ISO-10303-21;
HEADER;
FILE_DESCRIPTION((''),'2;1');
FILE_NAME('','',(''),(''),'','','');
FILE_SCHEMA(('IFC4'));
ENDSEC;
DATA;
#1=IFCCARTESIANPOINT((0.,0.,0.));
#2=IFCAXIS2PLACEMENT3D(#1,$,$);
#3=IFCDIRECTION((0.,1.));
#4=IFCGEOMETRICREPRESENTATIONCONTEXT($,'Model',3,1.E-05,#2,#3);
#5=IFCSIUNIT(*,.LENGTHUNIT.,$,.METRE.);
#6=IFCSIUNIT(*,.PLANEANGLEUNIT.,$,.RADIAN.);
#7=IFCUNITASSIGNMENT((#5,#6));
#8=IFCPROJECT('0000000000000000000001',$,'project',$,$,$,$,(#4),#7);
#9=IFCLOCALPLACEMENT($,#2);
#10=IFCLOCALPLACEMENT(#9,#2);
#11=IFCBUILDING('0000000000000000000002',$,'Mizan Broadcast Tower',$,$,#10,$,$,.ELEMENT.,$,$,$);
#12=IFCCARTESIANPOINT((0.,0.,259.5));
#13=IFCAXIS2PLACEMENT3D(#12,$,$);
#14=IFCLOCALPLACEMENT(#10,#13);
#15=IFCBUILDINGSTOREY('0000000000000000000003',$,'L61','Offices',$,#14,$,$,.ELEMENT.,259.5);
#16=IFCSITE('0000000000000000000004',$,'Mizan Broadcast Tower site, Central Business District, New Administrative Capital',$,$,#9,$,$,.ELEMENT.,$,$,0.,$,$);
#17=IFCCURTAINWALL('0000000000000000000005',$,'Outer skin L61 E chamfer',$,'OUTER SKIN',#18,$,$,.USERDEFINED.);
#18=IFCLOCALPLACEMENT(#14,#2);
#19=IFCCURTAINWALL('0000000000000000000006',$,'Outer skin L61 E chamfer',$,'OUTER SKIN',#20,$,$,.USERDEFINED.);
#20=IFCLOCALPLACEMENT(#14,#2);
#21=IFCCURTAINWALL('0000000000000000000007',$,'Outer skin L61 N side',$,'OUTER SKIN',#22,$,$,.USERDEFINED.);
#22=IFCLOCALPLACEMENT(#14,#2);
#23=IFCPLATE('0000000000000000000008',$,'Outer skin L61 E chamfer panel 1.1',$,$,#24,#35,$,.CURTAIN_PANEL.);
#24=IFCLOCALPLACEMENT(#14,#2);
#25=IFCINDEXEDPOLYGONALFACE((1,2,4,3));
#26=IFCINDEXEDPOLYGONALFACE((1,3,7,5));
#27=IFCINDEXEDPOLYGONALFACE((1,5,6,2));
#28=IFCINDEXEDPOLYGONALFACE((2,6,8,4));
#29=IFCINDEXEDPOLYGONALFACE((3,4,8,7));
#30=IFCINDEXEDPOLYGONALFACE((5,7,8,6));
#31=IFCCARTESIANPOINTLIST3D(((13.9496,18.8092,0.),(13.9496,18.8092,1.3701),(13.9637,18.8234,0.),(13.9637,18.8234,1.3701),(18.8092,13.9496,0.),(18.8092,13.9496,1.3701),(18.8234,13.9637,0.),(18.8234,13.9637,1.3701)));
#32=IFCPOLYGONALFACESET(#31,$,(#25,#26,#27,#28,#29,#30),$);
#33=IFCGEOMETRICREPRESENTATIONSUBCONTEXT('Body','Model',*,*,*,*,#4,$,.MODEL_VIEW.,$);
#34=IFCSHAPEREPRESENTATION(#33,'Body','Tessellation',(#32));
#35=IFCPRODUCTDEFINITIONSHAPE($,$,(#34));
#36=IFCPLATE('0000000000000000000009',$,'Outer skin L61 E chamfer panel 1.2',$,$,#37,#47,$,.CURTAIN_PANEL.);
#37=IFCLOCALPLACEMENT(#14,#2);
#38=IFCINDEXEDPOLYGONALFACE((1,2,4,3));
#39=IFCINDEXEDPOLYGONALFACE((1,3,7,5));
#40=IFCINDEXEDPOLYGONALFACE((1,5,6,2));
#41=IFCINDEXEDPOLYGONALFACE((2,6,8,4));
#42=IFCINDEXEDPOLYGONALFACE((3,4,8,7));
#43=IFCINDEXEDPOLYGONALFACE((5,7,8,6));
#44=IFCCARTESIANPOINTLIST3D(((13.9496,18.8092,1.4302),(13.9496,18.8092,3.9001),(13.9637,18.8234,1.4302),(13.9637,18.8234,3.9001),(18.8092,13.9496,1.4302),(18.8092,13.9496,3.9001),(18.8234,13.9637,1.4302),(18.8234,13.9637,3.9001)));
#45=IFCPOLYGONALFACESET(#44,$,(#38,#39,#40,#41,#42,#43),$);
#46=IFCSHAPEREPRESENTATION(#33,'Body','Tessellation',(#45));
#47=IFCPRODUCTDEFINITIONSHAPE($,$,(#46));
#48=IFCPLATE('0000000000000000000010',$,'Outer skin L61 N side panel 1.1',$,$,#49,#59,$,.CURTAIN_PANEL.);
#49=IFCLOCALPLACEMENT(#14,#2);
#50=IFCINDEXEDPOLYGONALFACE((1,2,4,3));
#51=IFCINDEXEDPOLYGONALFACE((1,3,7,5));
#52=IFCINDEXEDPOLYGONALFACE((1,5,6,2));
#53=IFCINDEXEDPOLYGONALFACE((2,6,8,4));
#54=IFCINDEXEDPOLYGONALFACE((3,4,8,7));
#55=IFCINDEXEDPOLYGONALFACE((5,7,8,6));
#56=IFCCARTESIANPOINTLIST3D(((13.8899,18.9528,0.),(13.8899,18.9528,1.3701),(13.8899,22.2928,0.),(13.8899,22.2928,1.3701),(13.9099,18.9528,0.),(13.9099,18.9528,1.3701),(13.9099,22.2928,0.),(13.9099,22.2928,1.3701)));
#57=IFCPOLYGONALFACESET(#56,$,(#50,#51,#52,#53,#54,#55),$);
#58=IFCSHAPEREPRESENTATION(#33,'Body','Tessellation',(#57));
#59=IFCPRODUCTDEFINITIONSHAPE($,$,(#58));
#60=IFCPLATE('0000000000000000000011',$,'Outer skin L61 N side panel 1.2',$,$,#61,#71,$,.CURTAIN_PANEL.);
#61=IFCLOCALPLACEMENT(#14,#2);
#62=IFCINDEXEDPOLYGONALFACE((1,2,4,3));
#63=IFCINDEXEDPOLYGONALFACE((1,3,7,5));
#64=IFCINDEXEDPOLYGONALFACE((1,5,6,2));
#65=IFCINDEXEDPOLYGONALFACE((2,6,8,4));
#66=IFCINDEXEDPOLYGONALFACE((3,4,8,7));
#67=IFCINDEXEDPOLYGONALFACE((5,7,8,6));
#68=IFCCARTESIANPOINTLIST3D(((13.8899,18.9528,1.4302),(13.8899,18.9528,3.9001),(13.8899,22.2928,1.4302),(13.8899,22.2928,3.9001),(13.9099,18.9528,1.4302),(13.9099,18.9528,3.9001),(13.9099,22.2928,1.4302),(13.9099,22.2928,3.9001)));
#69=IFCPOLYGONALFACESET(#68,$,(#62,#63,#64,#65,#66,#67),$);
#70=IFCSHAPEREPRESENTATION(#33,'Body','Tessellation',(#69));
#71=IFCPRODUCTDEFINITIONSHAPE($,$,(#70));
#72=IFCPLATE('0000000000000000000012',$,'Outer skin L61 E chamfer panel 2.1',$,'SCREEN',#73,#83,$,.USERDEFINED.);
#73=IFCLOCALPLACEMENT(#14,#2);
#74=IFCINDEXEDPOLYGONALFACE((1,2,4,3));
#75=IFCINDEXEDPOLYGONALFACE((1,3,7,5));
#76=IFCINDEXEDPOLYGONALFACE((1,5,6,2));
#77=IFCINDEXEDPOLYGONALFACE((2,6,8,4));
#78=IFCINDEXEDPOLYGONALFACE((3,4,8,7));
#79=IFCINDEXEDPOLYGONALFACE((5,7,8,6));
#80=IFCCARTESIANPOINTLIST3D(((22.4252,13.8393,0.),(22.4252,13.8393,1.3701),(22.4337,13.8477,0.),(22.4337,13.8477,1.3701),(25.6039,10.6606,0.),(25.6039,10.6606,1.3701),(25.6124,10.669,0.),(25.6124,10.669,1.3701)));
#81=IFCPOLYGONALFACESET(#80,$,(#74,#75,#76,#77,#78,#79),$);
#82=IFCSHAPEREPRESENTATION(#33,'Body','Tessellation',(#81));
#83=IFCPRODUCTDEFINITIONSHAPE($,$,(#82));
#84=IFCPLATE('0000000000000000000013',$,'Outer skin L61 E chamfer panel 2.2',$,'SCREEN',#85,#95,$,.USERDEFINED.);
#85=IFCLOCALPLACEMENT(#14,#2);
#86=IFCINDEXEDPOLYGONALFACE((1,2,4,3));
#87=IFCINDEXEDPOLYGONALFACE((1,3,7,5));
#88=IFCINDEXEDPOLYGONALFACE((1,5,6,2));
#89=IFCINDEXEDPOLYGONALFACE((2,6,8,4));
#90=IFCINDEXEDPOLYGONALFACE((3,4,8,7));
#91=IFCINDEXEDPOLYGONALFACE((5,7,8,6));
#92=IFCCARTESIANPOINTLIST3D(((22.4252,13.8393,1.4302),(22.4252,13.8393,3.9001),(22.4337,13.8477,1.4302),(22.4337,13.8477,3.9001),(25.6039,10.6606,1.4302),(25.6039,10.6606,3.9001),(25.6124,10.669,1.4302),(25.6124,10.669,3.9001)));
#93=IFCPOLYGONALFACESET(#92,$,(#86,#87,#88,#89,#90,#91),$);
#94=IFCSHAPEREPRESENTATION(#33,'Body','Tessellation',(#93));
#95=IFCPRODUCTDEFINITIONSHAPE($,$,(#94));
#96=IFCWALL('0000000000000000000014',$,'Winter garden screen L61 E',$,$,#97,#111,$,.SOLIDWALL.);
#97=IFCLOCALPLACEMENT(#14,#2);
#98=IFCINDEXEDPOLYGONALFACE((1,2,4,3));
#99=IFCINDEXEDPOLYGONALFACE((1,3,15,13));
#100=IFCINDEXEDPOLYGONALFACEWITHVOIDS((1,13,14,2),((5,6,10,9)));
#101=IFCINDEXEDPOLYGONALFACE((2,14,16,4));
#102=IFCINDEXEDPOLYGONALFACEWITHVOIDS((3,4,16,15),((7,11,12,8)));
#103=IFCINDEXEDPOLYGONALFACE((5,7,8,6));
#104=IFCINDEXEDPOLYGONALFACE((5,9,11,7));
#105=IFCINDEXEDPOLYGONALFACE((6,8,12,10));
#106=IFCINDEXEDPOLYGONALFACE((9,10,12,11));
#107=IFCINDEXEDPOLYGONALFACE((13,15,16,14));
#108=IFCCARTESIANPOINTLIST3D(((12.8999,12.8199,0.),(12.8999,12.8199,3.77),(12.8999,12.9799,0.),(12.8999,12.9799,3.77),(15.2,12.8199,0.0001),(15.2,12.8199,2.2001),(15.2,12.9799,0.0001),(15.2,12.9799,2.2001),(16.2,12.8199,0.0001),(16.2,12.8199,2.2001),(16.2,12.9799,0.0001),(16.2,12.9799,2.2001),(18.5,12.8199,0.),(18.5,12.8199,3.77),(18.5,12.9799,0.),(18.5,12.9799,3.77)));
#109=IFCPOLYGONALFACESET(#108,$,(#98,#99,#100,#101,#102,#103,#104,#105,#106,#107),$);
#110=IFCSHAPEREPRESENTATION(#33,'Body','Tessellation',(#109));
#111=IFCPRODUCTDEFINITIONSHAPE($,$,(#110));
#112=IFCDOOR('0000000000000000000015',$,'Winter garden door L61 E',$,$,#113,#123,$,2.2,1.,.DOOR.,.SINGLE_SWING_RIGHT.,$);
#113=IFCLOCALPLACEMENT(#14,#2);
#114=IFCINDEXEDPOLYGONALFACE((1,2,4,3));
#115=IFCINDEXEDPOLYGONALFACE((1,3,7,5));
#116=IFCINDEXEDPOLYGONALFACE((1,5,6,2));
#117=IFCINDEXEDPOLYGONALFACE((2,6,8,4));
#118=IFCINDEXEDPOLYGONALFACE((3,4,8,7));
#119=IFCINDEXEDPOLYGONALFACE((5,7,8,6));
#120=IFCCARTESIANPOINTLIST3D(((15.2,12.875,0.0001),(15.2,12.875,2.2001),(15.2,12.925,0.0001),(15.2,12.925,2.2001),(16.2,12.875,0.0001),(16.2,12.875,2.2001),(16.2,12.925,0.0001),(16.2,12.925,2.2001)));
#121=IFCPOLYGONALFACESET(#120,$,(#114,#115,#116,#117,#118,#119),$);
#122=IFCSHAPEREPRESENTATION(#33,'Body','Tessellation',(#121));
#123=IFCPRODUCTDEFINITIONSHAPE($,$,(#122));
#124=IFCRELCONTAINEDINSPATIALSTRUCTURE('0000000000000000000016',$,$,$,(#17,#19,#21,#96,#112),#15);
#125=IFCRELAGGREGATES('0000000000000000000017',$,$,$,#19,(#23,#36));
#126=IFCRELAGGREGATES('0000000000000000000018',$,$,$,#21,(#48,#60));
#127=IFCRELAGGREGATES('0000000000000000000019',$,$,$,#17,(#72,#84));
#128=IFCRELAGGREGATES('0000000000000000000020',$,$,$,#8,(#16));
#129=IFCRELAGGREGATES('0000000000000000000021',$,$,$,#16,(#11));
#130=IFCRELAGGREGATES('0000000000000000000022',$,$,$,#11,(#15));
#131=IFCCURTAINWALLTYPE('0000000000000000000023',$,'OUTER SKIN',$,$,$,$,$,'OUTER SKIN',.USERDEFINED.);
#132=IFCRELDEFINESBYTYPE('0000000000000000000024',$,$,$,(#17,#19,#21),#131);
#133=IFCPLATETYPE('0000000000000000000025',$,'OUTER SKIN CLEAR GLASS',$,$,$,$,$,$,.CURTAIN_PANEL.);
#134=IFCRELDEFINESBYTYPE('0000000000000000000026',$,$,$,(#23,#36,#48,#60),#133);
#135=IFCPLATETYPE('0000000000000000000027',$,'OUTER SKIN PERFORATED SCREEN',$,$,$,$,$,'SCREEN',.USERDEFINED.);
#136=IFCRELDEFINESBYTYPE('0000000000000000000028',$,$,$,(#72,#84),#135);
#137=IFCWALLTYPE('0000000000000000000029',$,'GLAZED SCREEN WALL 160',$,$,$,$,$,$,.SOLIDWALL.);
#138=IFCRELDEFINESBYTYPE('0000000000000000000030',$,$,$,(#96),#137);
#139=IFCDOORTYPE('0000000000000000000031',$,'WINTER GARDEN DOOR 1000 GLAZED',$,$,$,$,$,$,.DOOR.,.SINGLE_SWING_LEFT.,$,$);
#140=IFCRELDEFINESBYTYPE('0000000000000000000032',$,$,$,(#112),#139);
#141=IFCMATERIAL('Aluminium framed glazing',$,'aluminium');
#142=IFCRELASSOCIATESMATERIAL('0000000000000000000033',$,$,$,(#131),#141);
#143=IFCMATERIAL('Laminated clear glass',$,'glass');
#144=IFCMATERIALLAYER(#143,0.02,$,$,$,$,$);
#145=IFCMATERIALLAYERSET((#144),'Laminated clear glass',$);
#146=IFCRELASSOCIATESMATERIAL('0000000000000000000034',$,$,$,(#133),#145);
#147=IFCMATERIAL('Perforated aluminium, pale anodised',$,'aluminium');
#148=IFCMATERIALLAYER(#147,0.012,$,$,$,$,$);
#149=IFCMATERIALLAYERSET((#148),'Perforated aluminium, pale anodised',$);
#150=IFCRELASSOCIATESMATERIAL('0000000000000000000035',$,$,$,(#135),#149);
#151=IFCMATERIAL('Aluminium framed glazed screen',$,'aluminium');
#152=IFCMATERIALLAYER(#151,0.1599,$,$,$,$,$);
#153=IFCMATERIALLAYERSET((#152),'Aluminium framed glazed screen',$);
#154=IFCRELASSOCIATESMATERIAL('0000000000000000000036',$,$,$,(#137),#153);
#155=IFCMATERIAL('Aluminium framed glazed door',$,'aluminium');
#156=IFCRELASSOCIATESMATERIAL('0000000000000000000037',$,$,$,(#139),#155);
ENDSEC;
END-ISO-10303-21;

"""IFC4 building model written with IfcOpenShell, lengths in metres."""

from ifc_helpers import new_model, si_unit, direction, frame, frame_2d, origin, origin_2d, place, context, subcontext, project, spatial, rectangle, extrude, material, layer, layer_set, type_object, element, fill, aggregate, save


model = new_model("IFC4")

# Units and contexts
model_context = context("Model", 3, precision=1e-05, world=origin(), true_north=direction((0.0, 1.0)))
body_context = subcontext(model_context, "Body", "Model", "MODEL_VIEW")
ifc_project = project(units=[si_unit("LENGTHUNIT", "METRE"), si_unit("PLANEANGLEUNIT", "RADIAN")], contexts=[model_context])

# Site, building, storey
site_placement = place(None, origin())
site = spatial("IfcSite", under=ifc_project, at=site_placement, Name="Mizan Broadcast Tower site, Central Business District, New Administrative Capital", CompositionType="ELEMENT", RefElevation=0.0)
building_placement = place(site_placement, origin())
building = spatial("IfcBuilding", under=site, at=building_placement, Name="Mizan Broadcast Tower", CompositionType="ELEMENT")
storey_placement = place(building_placement, frame((0.0, 0.0, 259.5)))
storey = spatial("IfcBuildingStorey", under=building, at=storey_placement, Name="L61", Description="Offices", CompositionType="ELEMENT", Elevation=259.5)

# Curtain walls
ifc_material_1 = material(Name="Aluminium framed glazing", Category="aluminium")
curtain_wall_type_1 = type_object("IfcCurtainWallType", Name="OUTER SKIN", ElementType="OUTER SKIN", PredefinedType="USERDEFINED", material=ifc_material_1)
curtain_wall_1_placement = place(storey_placement, origin())
curtain_wall_1 = element("IfcCurtainWall", 1, at=curtain_wall_1_placement, inside=storey, type_object=curtain_wall_type_1, Name="Outer skin L61 E chamfer", ObjectType="OUTER SKIN", PredefinedType="USERDEFINED")
curtain_wall_2_placement = place(storey_placement, origin())
curtain_wall_2 = element("IfcCurtainWall", 2, at=curtain_wall_2_placement, inside=storey, type_object=curtain_wall_type_1, Name="Outer skin L61 E chamfer", ObjectType="OUTER SKIN", PredefinedType="USERDEFINED")
curtain_wall_3_placement = place(storey_placement, origin())
curtain_wall_3 = element("IfcCurtainWall", 3, at=curtain_wall_3_placement, inside=storey, type_object=curtain_wall_type_1, Name="Outer skin L61 N side", ObjectType="OUTER SKIN", PredefinedType="USERDEFINED")

# Plates
ifc_material_2 = material(Name="Laminated clear glass", Category="glass")
ifc_layer_1 = layer(ifc_material_2, 0.02)
ifc_layer_set_1 = layer_set([ifc_layer_1], Name="Laminated clear glass")
plate_type_1 = type_object("IfcPlateType", Name="OUTER SKIN CLEAR GLASS", PredefinedType="CURTAIN_PANEL", material=ifc_layer_set_1)
plate_1_placement = place(storey_placement, frame((16.3865, 16.3865, 0.0), z_axis=(0.0, 0.0, 1.0), x_axis=(-0.707107, 0.707107, 0.0)))
plate_1 = element("IfcPlate", 4, at=plate_1_placement, type_object=plate_type_1, Name="Outer skin L61 E chamfer panel 1.1", PredefinedType="CURTAIN_PANEL", context=body_context, shape_type="SweptSolid", body=[
    extrude(rectangle(XDim=6.8726, YDim=0.02, at=origin_2d()), origin(), (0.0, 0.0, 1.0), 1.3701),
])
plate_2_placement = place(storey_placement, frame((16.3865, 16.3865, 1.4302), z_axis=(0.0, 0.0, 1.0), x_axis=(-0.707107, 0.707107, 0.0)))
plate_2 = element("IfcPlate", 5, at=plate_2_placement, type_object=plate_type_1, Name="Outer skin L61 E chamfer panel 1.2", PredefinedType="CURTAIN_PANEL", context=body_context, shape_type="SweptSolid", body=[
    extrude(rectangle(XDim=6.8726, YDim=0.02, at=origin_2d()), origin(), (0.0, 0.0, 1.0), 2.47),
])
aggregate(curtain_wall_2, [plate_1, plate_2])
plate_3_placement = place(storey_placement, frame((13.8999, 20.6228, 0.0), z_axis=(0.0, 0.0, 1.0), x_axis=(0.0, 1.0, 0.0)))
plate_3 = element("IfcPlate", 6, at=plate_3_placement, type_object=plate_type_1, Name="Outer skin L61 N side panel 1.1", PredefinedType="CURTAIN_PANEL", context=body_context, shape_type="SweptSolid", body=[
    extrude(rectangle(XDim=3.3401, YDim=0.02, at=origin_2d()), origin(), (0.0, 0.0, 1.0), 1.3701),
])
plate_4_placement = place(storey_placement, frame((13.8999, 20.6228, 1.4302), z_axis=(0.0, 0.0, 1.0), x_axis=(0.0, 1.0, 0.0)))
plate_4 = element("IfcPlate", 7, at=plate_4_placement, type_object=plate_type_1, Name="Outer skin L61 N side panel 1.2", PredefinedType="CURTAIN_PANEL", context=body_context, shape_type="SweptSolid", body=[
    extrude(rectangle(XDim=3.3401, YDim=0.02, at=origin_2d()), origin(), (0.0, 0.0, 1.0), 2.47),
])
aggregate(curtain_wall_3, [plate_3, plate_4])
ifc_material_3 = material(Name="Perforated aluminium, pale anodised", Category="aluminium")
ifc_layer_2 = layer(ifc_material_3, 0.012)
ifc_layer_set_2 = layer_set([ifc_layer_2], Name="Perforated aluminium, pale anodised")
plate_type_2 = type_object("IfcPlateType", Name="OUTER SKIN PERFORATED SCREEN", ElementType="SCREEN", PredefinedType="USERDEFINED", material=ifc_layer_set_2)
plate_5_placement = place(storey_placement, frame((24.0188, 12.2542, 0.0), z_axis=(0.0, 0.0, 1.0), x_axis=(-0.707107, 0.707107, 0.0)))
plate_5 = element("IfcPlate", 8, at=plate_5_placement, type_object=plate_type_2, Name="Outer skin L61 E chamfer panel 2.1", ObjectType="SCREEN", PredefinedType="USERDEFINED", context=body_context, shape_type="SweptSolid", body=[
    extrude(rectangle(XDim=4.4954, YDim=0.012, at=origin_2d()), origin(), (0.0, 0.0, 1.0), 1.3701),
])
plate_6_placement = place(storey_placement, frame((24.0188, 12.2542, 1.4302), z_axis=(0.0, 0.0, 1.0), x_axis=(-0.707107, 0.707107, 0.0)))
plate_6 = element("IfcPlate", 9, at=plate_6_placement, type_object=plate_type_2, Name="Outer skin L61 E chamfer panel 2.2", ObjectType="SCREEN", PredefinedType="USERDEFINED", context=body_context, shape_type="SweptSolid", body=[
    extrude(rectangle(XDim=4.4954, YDim=0.012, at=origin_2d()), origin(), (0.0, 0.0, 1.0), 2.47),
])
aggregate(curtain_wall_1, [plate_5, plate_6])

# Wall, opening, door
ifc_material_4 = material(Name="Aluminium framed glazed screen", Category="aluminium")
ifc_layer_3 = layer(ifc_material_4, 0.1599)
ifc_layer_set_3 = layer_set([ifc_layer_3], Name="Aluminium framed glazed screen")
wall_type = type_object("IfcWallType", Name="GLAZED SCREEN WALL 160", PredefinedType="SOLIDWALL", material=ifc_layer_set_3)
wall_placement = place(storey_placement, frame((18.5, 12.8999, 0.0), z_axis=(0.0, 0.0, 1.0), x_axis=(-1.0, 0.0, 0.0)))
wall = element("IfcWall", 10, at=wall_placement, inside=storey, type_object=wall_type, Name="Winter garden screen L61 E", PredefinedType="SOLIDWALL", context=body_context, shape_type="SweptSolid", body=[
    extrude(rectangle(XDim=5.6001, YDim=0.1599, at=frame_2d((2.8, 0.0))), origin(), (0.0, 0.0, 1.0), 3.77),
])
opening_placement = place(wall_placement, frame((2.3, 0.0, 0.0)))
opening = element("IfcOpeningElement", 11, at=opening_placement, cuts=wall, PredefinedType="OPENING", context=body_context, shape_type="SweptSolid", body=[
    extrude(rectangle(XDim=1.0, YDim=2.2, at=frame_2d((0.5, 1.1001))), frame((0.0, 0.0898, 0.0), z_axis=(0.0, -1.0, 0.0), x_axis=(1.0, 0.0, 0.0)), (0.0, 0.0, 1.0), 0.1799),
])
ifc_material_5 = material(Name="Aluminium framed glazed door", Category="aluminium")
door_type = type_object("IfcDoorType", Name="WINTER GARDEN DOOR 1000 GLAZED", OperationType="SINGLE_SWING_LEFT", PredefinedType="DOOR", material=ifc_material_5)
door_placement = place(opening_placement, origin())
door = element("IfcDoor", 12, at=door_placement, inside=storey, type_object=door_type, Name="Winter garden door L61 E", OperationType="SINGLE_SWING_RIGHT", OverallHeight=2.2, OverallWidth=1.0, PredefinedType="DOOR", context=body_context, shape_type="SweptSolid", body=[
    extrude(rectangle(XDim=1.0, YDim=2.2, at=frame_2d((0.5, 1.1001))), frame((0.0, 0.0249, 0.0), z_axis=(0.0, -1.0, 0.0), x_axis=(1.0, 0.0, 0.0)), (0.0, 0.0, 1.0), 0.05),
])
fill(opening, door)

save(model, "model.ifc")
